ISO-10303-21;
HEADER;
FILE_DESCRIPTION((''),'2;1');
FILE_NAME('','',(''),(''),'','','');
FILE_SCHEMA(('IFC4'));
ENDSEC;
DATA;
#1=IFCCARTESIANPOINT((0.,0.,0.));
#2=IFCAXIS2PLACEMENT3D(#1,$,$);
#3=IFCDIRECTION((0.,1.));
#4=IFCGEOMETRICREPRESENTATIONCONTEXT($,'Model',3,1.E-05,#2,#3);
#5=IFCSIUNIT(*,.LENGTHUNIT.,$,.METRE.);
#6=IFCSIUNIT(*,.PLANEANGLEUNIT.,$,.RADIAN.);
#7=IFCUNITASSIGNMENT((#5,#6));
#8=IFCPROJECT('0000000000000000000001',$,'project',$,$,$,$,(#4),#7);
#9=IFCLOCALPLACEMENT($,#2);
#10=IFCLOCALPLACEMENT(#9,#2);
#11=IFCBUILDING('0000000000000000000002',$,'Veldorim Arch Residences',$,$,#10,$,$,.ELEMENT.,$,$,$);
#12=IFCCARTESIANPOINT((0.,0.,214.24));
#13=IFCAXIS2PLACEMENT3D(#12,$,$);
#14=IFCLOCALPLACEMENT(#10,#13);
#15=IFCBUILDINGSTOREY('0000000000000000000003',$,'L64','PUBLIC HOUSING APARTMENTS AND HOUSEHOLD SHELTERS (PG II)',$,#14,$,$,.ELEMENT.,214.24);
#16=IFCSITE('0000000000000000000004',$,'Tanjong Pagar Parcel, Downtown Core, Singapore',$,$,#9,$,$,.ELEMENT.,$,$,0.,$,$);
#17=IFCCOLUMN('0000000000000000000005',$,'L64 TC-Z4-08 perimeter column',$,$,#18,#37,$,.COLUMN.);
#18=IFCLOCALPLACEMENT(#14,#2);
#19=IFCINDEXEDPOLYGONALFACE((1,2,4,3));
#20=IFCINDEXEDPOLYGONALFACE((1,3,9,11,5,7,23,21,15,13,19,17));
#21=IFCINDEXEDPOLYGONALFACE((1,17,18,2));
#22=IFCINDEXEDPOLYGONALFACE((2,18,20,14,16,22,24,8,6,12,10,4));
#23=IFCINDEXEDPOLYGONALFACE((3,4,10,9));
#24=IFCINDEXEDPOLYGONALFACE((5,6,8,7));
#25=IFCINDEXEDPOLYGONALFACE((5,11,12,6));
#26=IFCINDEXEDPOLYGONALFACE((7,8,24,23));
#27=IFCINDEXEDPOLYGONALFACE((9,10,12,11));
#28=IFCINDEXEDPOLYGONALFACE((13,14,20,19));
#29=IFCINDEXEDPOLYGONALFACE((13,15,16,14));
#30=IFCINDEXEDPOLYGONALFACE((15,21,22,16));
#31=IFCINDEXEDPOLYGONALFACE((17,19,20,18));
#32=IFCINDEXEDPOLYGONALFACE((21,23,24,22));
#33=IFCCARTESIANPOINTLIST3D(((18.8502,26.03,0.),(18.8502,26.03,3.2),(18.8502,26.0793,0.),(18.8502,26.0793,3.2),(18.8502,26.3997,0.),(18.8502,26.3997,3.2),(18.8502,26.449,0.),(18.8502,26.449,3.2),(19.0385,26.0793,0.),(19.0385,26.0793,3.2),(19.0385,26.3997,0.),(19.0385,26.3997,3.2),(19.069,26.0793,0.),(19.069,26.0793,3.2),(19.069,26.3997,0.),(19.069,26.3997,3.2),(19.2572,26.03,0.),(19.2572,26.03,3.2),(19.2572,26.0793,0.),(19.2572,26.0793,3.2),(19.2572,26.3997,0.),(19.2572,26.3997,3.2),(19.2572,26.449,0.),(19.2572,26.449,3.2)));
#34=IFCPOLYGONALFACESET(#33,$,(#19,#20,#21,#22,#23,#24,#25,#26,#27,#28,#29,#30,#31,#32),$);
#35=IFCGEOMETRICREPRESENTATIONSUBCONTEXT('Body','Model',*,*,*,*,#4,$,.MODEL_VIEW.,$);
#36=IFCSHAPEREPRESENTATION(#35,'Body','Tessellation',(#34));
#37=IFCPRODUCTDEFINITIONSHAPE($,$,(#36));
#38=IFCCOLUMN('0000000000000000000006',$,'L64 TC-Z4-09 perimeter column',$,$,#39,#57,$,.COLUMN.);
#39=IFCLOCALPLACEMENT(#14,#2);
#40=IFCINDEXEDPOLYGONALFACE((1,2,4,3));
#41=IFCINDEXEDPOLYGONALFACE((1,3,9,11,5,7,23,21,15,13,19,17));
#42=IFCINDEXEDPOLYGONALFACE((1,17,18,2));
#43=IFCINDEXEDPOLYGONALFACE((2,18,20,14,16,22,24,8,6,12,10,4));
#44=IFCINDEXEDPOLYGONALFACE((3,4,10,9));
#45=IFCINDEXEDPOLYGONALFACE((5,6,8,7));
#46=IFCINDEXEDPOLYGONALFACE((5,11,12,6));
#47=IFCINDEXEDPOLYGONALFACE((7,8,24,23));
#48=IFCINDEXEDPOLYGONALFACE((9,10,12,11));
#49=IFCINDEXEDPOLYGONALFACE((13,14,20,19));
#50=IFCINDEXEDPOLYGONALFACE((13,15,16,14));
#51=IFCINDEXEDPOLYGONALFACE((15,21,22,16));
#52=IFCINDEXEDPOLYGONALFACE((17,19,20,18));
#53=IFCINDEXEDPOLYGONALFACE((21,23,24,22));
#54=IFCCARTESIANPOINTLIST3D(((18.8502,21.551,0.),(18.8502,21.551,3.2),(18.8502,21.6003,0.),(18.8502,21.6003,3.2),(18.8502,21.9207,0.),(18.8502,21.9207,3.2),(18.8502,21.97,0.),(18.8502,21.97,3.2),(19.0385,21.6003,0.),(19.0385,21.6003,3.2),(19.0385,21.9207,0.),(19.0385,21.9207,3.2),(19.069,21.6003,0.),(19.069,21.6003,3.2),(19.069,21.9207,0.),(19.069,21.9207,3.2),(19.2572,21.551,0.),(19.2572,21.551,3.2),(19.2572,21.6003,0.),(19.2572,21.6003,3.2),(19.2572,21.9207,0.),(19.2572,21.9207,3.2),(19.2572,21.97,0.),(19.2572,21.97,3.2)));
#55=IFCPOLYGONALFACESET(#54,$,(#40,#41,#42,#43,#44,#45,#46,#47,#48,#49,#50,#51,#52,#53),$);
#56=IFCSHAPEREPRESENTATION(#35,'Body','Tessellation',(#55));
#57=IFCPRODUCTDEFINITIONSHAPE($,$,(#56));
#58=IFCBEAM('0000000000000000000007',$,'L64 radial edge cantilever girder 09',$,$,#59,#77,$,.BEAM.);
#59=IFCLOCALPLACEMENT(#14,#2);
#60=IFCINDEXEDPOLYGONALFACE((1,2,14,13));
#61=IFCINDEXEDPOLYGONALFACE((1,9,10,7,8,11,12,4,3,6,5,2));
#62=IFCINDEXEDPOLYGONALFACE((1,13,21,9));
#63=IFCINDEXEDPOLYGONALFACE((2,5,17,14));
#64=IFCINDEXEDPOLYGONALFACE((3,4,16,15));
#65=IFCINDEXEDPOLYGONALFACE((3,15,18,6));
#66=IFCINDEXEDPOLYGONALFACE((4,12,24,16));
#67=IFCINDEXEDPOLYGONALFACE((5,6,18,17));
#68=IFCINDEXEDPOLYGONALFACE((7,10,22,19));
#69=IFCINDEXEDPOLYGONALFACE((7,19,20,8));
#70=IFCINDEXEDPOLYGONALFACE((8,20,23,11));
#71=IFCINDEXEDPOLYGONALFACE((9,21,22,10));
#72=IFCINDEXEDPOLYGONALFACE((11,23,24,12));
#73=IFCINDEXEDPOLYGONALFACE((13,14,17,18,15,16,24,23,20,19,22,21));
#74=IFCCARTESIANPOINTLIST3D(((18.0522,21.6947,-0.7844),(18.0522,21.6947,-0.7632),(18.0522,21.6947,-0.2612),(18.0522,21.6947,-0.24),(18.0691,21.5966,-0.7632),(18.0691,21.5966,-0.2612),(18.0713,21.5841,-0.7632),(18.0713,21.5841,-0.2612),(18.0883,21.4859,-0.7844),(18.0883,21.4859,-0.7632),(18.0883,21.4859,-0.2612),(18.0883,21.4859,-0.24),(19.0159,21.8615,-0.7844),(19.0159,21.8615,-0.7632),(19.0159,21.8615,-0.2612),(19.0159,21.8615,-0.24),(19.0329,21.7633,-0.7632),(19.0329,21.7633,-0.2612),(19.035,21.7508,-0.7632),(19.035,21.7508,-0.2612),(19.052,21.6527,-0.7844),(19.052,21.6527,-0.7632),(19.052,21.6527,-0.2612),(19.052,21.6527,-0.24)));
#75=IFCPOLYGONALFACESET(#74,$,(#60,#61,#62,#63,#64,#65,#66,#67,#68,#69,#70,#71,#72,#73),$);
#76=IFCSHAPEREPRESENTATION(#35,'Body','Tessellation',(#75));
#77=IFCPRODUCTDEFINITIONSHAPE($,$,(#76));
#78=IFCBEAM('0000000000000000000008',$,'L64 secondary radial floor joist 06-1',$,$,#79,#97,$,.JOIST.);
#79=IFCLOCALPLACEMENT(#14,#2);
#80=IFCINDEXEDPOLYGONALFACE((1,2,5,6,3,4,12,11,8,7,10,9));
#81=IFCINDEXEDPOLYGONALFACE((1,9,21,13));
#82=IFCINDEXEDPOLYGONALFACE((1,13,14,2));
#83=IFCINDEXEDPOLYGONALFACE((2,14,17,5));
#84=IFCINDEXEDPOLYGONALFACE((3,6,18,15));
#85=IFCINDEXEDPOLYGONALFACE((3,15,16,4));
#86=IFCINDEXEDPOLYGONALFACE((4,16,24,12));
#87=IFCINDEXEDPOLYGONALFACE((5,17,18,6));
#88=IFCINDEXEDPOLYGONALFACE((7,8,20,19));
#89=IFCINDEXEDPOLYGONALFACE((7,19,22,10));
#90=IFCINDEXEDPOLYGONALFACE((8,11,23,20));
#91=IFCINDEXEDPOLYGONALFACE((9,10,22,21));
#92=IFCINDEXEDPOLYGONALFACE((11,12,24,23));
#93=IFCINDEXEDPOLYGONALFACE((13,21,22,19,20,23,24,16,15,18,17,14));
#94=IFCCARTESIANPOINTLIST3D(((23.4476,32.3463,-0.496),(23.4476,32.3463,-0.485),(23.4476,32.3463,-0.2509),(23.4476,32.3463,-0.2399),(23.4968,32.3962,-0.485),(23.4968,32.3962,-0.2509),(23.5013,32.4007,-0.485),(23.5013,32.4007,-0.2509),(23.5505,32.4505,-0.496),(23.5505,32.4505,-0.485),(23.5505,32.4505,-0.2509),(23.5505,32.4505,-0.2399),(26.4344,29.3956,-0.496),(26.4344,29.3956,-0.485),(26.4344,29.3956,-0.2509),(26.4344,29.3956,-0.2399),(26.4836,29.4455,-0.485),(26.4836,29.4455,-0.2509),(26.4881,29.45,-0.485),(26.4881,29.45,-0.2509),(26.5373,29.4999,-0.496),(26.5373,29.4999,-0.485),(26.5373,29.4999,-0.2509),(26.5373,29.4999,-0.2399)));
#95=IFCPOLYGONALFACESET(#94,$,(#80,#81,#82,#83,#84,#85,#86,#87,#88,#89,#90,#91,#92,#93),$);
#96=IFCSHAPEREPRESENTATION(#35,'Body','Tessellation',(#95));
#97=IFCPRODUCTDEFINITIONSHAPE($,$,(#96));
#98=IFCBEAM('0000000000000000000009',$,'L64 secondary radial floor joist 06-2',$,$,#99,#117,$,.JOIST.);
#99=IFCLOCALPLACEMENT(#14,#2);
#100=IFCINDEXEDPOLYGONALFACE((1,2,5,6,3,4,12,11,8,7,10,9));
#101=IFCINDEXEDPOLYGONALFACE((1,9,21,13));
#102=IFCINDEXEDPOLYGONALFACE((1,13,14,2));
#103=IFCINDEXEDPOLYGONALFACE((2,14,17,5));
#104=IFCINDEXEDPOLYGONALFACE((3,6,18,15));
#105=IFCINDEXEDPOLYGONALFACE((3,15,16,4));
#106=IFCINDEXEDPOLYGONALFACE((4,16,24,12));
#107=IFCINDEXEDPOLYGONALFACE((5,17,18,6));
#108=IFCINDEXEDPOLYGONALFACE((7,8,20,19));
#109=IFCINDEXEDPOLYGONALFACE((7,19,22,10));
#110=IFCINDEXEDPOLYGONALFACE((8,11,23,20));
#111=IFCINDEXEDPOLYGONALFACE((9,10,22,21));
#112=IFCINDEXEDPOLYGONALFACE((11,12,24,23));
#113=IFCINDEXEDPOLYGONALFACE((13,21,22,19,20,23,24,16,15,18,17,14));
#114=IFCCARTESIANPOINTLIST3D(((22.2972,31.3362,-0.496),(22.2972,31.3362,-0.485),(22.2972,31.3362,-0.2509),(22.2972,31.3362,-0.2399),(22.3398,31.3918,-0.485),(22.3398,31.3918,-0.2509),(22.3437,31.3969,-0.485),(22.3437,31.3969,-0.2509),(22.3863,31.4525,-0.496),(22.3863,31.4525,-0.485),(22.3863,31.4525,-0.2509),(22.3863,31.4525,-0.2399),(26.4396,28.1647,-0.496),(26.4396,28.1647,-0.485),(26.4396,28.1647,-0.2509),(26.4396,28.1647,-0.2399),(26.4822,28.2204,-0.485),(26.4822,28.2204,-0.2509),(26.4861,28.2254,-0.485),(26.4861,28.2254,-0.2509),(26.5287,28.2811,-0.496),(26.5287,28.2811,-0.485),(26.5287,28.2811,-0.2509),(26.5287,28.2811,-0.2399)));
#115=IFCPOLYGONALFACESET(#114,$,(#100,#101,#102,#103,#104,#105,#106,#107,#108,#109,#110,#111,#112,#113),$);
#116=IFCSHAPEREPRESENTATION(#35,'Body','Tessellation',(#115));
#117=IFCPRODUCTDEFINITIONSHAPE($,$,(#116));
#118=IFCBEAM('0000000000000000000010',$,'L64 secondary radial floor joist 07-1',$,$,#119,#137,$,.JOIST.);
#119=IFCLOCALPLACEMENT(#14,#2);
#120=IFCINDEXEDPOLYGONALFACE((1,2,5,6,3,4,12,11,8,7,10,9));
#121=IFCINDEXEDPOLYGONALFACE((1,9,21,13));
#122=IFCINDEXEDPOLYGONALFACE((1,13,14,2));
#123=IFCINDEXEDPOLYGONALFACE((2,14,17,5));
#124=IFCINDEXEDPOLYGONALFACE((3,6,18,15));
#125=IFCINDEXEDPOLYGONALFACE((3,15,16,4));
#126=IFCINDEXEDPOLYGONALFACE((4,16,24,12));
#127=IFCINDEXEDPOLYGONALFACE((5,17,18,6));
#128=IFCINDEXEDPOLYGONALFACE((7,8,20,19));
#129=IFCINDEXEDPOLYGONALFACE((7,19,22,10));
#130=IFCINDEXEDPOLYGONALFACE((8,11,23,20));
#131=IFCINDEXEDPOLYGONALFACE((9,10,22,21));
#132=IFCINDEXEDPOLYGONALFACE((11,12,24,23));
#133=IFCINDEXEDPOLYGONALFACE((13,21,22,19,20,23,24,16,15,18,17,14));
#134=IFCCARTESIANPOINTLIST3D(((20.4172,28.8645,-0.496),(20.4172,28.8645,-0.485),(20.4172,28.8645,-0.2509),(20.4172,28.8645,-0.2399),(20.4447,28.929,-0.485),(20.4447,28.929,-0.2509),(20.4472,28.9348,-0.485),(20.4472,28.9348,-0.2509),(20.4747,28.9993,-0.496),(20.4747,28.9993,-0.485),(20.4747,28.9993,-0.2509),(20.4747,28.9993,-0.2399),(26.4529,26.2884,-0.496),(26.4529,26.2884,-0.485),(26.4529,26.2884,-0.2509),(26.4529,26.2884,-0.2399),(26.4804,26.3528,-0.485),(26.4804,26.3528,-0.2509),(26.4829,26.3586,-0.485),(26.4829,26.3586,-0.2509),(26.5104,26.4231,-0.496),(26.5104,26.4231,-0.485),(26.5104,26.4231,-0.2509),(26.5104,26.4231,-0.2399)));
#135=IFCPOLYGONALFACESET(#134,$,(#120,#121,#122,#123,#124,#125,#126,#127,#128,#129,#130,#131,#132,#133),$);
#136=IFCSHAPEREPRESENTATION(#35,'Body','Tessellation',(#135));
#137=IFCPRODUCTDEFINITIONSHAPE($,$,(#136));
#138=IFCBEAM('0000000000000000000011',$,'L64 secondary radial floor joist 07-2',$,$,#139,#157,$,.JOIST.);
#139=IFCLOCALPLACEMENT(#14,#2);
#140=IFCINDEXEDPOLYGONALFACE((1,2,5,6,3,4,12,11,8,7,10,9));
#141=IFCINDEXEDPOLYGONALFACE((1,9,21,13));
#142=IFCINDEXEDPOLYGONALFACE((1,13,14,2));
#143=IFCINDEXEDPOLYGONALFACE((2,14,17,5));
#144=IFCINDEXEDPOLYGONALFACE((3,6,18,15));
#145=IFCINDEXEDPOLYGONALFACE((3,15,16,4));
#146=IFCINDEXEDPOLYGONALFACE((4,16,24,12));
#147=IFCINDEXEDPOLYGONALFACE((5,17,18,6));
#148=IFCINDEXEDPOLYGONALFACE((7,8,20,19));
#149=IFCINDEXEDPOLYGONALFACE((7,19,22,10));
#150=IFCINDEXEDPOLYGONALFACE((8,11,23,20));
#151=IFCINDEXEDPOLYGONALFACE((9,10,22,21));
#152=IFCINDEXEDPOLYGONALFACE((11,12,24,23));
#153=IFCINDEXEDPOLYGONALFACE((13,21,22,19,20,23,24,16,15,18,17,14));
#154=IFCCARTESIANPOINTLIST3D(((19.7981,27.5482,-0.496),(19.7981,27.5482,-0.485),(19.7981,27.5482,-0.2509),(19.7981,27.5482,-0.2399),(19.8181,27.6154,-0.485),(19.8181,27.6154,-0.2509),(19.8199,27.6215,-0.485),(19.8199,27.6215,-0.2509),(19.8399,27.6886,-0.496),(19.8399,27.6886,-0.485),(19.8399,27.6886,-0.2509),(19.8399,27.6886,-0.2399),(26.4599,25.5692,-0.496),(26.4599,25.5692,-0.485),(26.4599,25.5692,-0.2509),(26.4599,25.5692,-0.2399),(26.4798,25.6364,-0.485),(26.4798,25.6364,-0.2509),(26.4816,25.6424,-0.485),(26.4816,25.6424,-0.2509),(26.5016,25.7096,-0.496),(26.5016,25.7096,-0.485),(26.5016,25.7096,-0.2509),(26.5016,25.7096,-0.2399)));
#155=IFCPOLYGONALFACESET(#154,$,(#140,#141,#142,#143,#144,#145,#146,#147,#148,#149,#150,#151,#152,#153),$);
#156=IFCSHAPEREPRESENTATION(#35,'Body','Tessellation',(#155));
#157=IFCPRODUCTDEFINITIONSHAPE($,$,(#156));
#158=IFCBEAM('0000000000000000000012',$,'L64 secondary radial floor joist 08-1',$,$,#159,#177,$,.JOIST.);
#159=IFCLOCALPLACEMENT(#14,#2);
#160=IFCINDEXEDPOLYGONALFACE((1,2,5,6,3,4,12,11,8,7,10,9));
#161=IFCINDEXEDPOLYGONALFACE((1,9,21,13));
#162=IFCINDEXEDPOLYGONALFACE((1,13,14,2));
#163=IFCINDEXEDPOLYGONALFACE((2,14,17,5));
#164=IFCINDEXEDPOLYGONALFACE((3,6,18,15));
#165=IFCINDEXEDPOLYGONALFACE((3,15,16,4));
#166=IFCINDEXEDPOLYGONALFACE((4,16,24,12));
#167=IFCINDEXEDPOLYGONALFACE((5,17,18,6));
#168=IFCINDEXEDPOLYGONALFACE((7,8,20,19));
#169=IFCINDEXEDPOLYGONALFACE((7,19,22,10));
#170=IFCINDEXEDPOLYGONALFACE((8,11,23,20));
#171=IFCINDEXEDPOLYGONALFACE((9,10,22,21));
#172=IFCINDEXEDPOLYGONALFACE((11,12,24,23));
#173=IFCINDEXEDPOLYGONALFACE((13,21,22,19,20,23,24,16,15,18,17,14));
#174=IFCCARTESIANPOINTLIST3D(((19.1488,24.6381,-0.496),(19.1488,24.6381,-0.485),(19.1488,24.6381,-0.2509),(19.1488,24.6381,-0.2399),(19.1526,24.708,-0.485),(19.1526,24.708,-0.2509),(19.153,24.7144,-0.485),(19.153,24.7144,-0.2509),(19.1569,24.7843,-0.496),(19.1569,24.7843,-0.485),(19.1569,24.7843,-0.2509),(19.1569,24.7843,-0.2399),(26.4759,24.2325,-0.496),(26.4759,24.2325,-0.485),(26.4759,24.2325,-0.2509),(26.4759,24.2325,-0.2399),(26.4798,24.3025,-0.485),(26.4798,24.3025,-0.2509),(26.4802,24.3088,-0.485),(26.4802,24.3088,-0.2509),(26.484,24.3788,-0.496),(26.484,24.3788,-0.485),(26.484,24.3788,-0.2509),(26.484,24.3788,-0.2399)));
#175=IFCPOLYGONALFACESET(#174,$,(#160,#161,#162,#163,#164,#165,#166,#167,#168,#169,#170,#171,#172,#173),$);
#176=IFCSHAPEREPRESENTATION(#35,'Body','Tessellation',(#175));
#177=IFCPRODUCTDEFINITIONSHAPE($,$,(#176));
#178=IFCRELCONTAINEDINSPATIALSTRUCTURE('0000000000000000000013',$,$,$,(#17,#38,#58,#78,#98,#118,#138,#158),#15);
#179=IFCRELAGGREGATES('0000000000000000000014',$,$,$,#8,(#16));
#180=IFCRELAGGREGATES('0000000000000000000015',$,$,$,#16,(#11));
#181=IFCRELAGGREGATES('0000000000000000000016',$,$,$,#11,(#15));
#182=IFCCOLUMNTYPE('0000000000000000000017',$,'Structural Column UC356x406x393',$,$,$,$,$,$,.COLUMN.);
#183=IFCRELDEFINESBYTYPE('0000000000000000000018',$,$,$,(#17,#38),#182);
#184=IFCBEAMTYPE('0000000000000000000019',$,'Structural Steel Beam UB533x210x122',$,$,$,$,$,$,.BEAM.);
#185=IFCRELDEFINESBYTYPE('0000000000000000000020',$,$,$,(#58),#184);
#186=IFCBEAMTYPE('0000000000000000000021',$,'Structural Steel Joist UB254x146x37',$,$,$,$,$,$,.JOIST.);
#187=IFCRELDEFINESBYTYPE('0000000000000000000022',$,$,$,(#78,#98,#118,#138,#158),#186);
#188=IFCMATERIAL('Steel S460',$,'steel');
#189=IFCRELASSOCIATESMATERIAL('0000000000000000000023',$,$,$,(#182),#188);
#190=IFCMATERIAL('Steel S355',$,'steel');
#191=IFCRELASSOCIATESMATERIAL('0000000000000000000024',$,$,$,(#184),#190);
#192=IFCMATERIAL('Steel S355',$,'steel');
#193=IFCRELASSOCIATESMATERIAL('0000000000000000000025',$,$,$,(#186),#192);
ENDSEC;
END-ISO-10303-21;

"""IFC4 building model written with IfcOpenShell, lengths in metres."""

from ifc_helpers import new_model, si_unit, direction, frame, origin, origin_2d, place, context, subcontext, project, spatial, i_section, extrude, material, material_profile, profile_set, type_object, element, save


model = new_model("IFC4")

# Units and contexts
model_context = context("Model", 3, precision=1e-05, world=origin(), true_north=direction((0.0, 1.0)))
body_context = subcontext(model_context, "Body", "Model", "MODEL_VIEW")
ifc_project = project(units=[si_unit("LENGTHUNIT", "METRE"), si_unit("PLANEANGLEUNIT", "RADIAN")], contexts=[model_context])

# Site, building, storey
site_placement = place(None, origin())
site = spatial("IfcSite", under=ifc_project, at=site_placement, Name="Tanjong Pagar Parcel, Downtown Core, Singapore", CompositionType="ELEMENT", RefElevation=0.0)
building_placement = place(site_placement, origin())
building = spatial("IfcBuilding", under=site, at=building_placement, Name="Veldorim Arch Residences", CompositionType="ELEMENT")
storey_placement = place(building_placement, frame((0.0, 0.0, 214.24)))
storey = spatial("IfcBuildingStorey", under=building, at=storey_placement, Name="L64", Description="PUBLIC HOUSING APARTMENTS AND HOUSEHOLD SHELTERS (PG II)", CompositionType="ELEMENT", Elevation=214.24)

# Columns
ifc_material_1 = material(Name="Steel S460", Category="steel")
ifc_material_profile_1 = material_profile(ifc_material_1, i_section(OverallWidth=0.407, OverallDepth=0.4189, WebThickness=0.0305, FlangeThickness=0.0493, at=origin_2d()), Name="UC356x406x393")
ifc_profile_set_1 = profile_set([ifc_material_profile_1], Name="Steel S460")
column_type = type_object("IfcColumnType", Name="Structural Column UC356x406x393", PredefinedType="COLUMN", material=ifc_profile_set_1)
for number, where, z_axis, x_axis, name in (
    (1, (19.0537, 26.2395, 0.0), (0.0, 0.0, 1.0), (1.0, 0.0, 0.0), "L64 TC-Z4-08 perimeter column"),
    (2, (19.0537, 21.7605, 0.0), (0.0, 0.0, 1.0), (1.0, 0.0, 0.0), "L64 TC-Z4-09 perimeter column"),
):
    element("IfcColumn", number, at=place(storey_placement, frame(where, z_axis=z_axis, x_axis=x_axis)), inside=storey, type_object=column_type, Name=name, PredefinedType="COLUMN", context=body_context, shape_type="SweptSolid", body=[
        extrude(i_section(OverallWidth=0.407, OverallDepth=0.4189, WebThickness=0.0305, FlangeThickness=0.0493, at=origin_2d()), origin(), (0.0, 0.0, 1.0), 3.2),
    ])

# Beams
ifc_material_2 = material(Name="Steel S355", Category="steel")
ifc_material_profile_2 = material_profile(ifc_material_2, i_section(OverallWidth=0.2119, OverallDepth=0.5444, WebThickness=0.0127, FlangeThickness=0.0212, at=origin_2d()), Name="UB533x210x122")
ifc_profile_set_2 = profile_set([ifc_material_profile_2], Name="Steel S355")
beam_type_1 = type_object("IfcBeamType", Name="Structural Steel Beam UB533x210x122", PredefinedType="BEAM", material=ifc_profile_set_2)
beam_1_placement = place(storey_placement, frame((19.0339, 21.7571, -0.5122), z_axis=(-0.985356, -0.170509, 0.0), x_axis=(0.170509, -0.985356, 0.0)))
element("IfcBeam", 3, at=beam_1_placement, inside=storey, type_object=beam_type_1, Name="L64 radial edge cantilever girder 09", PredefinedType="BEAM", context=body_context, shape_type="SweptSolid", body=[
    extrude(i_section(OverallWidth=0.2119, OverallDepth=0.5444, WebThickness=0.0127, FlangeThickness=0.0212, at=origin_2d()), origin(), (0.0, 0.0, 1.0), 0.978),
])
ifc_material_3 = material(Name="Steel S355", Category="steel")
ifc_material_profile_3 = material_profile(ifc_material_3, i_section(OverallWidth=0.1465, OverallDepth=0.2561, WebThickness=0.0063, FlangeThickness=0.011, at=origin_2d()), Name="UB254x146x37")
ifc_profile_set_3 = profile_set([ifc_material_profile_3], Name="Steel S355")
beam_type_2 = type_object("IfcBeamType", Name="Structural Steel Joist UB254x146x37", PredefinedType="JOIST", material=ifc_profile_set_3)
beam_2_placement = place(storey_placement, frame((26.4858, 29.4478, -0.3679), z_axis=(-0.711397, 0.702791, 0.0), x_axis=(-0.702791, -0.711397, 0.0)))
element("IfcBeam", 4, at=beam_2_placement, inside=storey, type_object=beam_type_2, Name="L64 secondary radial floor joist 06-1", PredefinedType="JOIST", context=body_context, shape_type="SweptSolid", body=[
    extrude(i_section(OverallWidth=0.1465, OverallDepth=0.2561, WebThickness=0.0063, FlangeThickness=0.011, at=origin_2d()), origin(), (0.0, 0.0, 1.0), 4.1985),
])
beam_3_placement = place(storey_placement, frame((26.4841, 28.2229, -0.3679), z_axis=(-0.794014, 0.6079, 0.0), x_axis=(-0.6079, -0.794014, 0.0)))
element("IfcBeam", 5, at=beam_3_placement, inside=storey, type_object=beam_type_2, Name="L64 secondary radial floor joist 06-2", PredefinedType="JOIST", context=body_context, shape_type="SweptSolid", body=[
    extrude(i_section(OverallWidth=0.1465, OverallDepth=0.2561, WebThickness=0.0063, FlangeThickness=0.011, at=origin_2d()), origin(), (0.0, 0.0, 1.0), 5.217),
])
beam_4_placement = place(storey_placement, frame((26.4817, 26.3557, -0.3679), z_axis=(-0.919725, 0.392563, 0.0), x_axis=(-0.392563, -0.919725, 0.0)))
element("IfcBeam", 6, at=beam_4_placement, inside=storey, type_object=beam_type_2, Name="L64 secondary radial floor joist 07-1", PredefinedType="JOIST", context=body_context, shape_type="SweptSolid", body=[
    extrude(i_section(OverallWidth=0.1465, OverallDepth=0.2561, WebThickness=0.0063, FlangeThickness=0.011, at=origin_2d()), origin(), (0.0, 0.0, 1.0), 6.5625),
])
beam_5_placement = place(storey_placement, frame((26.4807, 25.6394, -0.3679), z_axis=(-0.958594, 0.284775, 0.0), x_axis=(-0.284775, -0.958594, 0.0)))
element("IfcBeam", 7, at=beam_5_placement, inside=storey, type_object=beam_type_2, Name="L64 secondary radial floor joist 07-2", PredefinedType="JOIST", context=body_context, shape_type="SweptSolid", body=[
    extrude(i_section(OverallWidth=0.1465, OverallDepth=0.2561, WebThickness=0.0063, FlangeThickness=0.011, at=origin_2d()), origin(), (0.0, 0.0, 1.0), 6.9495),
])
for number, where, z_axis, x_axis, name in (
    (8, (26.48, 24.3057, -0.3679), (-0.998472, 0.05526, 0.0), (-0.05526, -0.998472, 0.0), "L64 secondary radial floor joist 08-1"),
):
    element("IfcBeam", number, at=place(storey_placement, frame(where, z_axis=z_axis, x_axis=x_axis)), inside=storey, type_object=beam_type_2, Name=name, PredefinedType="JOIST", context=body_context, shape_type="SweptSolid", body=[
        extrude(i_section(OverallWidth=0.1465, OverallDepth=0.2561, WebThickness=0.0063, FlangeThickness=0.011, at=origin_2d()), origin(), (0.0, 0.0, 1.0), 7.3384),
    ])

save(model, "model.ifc")
